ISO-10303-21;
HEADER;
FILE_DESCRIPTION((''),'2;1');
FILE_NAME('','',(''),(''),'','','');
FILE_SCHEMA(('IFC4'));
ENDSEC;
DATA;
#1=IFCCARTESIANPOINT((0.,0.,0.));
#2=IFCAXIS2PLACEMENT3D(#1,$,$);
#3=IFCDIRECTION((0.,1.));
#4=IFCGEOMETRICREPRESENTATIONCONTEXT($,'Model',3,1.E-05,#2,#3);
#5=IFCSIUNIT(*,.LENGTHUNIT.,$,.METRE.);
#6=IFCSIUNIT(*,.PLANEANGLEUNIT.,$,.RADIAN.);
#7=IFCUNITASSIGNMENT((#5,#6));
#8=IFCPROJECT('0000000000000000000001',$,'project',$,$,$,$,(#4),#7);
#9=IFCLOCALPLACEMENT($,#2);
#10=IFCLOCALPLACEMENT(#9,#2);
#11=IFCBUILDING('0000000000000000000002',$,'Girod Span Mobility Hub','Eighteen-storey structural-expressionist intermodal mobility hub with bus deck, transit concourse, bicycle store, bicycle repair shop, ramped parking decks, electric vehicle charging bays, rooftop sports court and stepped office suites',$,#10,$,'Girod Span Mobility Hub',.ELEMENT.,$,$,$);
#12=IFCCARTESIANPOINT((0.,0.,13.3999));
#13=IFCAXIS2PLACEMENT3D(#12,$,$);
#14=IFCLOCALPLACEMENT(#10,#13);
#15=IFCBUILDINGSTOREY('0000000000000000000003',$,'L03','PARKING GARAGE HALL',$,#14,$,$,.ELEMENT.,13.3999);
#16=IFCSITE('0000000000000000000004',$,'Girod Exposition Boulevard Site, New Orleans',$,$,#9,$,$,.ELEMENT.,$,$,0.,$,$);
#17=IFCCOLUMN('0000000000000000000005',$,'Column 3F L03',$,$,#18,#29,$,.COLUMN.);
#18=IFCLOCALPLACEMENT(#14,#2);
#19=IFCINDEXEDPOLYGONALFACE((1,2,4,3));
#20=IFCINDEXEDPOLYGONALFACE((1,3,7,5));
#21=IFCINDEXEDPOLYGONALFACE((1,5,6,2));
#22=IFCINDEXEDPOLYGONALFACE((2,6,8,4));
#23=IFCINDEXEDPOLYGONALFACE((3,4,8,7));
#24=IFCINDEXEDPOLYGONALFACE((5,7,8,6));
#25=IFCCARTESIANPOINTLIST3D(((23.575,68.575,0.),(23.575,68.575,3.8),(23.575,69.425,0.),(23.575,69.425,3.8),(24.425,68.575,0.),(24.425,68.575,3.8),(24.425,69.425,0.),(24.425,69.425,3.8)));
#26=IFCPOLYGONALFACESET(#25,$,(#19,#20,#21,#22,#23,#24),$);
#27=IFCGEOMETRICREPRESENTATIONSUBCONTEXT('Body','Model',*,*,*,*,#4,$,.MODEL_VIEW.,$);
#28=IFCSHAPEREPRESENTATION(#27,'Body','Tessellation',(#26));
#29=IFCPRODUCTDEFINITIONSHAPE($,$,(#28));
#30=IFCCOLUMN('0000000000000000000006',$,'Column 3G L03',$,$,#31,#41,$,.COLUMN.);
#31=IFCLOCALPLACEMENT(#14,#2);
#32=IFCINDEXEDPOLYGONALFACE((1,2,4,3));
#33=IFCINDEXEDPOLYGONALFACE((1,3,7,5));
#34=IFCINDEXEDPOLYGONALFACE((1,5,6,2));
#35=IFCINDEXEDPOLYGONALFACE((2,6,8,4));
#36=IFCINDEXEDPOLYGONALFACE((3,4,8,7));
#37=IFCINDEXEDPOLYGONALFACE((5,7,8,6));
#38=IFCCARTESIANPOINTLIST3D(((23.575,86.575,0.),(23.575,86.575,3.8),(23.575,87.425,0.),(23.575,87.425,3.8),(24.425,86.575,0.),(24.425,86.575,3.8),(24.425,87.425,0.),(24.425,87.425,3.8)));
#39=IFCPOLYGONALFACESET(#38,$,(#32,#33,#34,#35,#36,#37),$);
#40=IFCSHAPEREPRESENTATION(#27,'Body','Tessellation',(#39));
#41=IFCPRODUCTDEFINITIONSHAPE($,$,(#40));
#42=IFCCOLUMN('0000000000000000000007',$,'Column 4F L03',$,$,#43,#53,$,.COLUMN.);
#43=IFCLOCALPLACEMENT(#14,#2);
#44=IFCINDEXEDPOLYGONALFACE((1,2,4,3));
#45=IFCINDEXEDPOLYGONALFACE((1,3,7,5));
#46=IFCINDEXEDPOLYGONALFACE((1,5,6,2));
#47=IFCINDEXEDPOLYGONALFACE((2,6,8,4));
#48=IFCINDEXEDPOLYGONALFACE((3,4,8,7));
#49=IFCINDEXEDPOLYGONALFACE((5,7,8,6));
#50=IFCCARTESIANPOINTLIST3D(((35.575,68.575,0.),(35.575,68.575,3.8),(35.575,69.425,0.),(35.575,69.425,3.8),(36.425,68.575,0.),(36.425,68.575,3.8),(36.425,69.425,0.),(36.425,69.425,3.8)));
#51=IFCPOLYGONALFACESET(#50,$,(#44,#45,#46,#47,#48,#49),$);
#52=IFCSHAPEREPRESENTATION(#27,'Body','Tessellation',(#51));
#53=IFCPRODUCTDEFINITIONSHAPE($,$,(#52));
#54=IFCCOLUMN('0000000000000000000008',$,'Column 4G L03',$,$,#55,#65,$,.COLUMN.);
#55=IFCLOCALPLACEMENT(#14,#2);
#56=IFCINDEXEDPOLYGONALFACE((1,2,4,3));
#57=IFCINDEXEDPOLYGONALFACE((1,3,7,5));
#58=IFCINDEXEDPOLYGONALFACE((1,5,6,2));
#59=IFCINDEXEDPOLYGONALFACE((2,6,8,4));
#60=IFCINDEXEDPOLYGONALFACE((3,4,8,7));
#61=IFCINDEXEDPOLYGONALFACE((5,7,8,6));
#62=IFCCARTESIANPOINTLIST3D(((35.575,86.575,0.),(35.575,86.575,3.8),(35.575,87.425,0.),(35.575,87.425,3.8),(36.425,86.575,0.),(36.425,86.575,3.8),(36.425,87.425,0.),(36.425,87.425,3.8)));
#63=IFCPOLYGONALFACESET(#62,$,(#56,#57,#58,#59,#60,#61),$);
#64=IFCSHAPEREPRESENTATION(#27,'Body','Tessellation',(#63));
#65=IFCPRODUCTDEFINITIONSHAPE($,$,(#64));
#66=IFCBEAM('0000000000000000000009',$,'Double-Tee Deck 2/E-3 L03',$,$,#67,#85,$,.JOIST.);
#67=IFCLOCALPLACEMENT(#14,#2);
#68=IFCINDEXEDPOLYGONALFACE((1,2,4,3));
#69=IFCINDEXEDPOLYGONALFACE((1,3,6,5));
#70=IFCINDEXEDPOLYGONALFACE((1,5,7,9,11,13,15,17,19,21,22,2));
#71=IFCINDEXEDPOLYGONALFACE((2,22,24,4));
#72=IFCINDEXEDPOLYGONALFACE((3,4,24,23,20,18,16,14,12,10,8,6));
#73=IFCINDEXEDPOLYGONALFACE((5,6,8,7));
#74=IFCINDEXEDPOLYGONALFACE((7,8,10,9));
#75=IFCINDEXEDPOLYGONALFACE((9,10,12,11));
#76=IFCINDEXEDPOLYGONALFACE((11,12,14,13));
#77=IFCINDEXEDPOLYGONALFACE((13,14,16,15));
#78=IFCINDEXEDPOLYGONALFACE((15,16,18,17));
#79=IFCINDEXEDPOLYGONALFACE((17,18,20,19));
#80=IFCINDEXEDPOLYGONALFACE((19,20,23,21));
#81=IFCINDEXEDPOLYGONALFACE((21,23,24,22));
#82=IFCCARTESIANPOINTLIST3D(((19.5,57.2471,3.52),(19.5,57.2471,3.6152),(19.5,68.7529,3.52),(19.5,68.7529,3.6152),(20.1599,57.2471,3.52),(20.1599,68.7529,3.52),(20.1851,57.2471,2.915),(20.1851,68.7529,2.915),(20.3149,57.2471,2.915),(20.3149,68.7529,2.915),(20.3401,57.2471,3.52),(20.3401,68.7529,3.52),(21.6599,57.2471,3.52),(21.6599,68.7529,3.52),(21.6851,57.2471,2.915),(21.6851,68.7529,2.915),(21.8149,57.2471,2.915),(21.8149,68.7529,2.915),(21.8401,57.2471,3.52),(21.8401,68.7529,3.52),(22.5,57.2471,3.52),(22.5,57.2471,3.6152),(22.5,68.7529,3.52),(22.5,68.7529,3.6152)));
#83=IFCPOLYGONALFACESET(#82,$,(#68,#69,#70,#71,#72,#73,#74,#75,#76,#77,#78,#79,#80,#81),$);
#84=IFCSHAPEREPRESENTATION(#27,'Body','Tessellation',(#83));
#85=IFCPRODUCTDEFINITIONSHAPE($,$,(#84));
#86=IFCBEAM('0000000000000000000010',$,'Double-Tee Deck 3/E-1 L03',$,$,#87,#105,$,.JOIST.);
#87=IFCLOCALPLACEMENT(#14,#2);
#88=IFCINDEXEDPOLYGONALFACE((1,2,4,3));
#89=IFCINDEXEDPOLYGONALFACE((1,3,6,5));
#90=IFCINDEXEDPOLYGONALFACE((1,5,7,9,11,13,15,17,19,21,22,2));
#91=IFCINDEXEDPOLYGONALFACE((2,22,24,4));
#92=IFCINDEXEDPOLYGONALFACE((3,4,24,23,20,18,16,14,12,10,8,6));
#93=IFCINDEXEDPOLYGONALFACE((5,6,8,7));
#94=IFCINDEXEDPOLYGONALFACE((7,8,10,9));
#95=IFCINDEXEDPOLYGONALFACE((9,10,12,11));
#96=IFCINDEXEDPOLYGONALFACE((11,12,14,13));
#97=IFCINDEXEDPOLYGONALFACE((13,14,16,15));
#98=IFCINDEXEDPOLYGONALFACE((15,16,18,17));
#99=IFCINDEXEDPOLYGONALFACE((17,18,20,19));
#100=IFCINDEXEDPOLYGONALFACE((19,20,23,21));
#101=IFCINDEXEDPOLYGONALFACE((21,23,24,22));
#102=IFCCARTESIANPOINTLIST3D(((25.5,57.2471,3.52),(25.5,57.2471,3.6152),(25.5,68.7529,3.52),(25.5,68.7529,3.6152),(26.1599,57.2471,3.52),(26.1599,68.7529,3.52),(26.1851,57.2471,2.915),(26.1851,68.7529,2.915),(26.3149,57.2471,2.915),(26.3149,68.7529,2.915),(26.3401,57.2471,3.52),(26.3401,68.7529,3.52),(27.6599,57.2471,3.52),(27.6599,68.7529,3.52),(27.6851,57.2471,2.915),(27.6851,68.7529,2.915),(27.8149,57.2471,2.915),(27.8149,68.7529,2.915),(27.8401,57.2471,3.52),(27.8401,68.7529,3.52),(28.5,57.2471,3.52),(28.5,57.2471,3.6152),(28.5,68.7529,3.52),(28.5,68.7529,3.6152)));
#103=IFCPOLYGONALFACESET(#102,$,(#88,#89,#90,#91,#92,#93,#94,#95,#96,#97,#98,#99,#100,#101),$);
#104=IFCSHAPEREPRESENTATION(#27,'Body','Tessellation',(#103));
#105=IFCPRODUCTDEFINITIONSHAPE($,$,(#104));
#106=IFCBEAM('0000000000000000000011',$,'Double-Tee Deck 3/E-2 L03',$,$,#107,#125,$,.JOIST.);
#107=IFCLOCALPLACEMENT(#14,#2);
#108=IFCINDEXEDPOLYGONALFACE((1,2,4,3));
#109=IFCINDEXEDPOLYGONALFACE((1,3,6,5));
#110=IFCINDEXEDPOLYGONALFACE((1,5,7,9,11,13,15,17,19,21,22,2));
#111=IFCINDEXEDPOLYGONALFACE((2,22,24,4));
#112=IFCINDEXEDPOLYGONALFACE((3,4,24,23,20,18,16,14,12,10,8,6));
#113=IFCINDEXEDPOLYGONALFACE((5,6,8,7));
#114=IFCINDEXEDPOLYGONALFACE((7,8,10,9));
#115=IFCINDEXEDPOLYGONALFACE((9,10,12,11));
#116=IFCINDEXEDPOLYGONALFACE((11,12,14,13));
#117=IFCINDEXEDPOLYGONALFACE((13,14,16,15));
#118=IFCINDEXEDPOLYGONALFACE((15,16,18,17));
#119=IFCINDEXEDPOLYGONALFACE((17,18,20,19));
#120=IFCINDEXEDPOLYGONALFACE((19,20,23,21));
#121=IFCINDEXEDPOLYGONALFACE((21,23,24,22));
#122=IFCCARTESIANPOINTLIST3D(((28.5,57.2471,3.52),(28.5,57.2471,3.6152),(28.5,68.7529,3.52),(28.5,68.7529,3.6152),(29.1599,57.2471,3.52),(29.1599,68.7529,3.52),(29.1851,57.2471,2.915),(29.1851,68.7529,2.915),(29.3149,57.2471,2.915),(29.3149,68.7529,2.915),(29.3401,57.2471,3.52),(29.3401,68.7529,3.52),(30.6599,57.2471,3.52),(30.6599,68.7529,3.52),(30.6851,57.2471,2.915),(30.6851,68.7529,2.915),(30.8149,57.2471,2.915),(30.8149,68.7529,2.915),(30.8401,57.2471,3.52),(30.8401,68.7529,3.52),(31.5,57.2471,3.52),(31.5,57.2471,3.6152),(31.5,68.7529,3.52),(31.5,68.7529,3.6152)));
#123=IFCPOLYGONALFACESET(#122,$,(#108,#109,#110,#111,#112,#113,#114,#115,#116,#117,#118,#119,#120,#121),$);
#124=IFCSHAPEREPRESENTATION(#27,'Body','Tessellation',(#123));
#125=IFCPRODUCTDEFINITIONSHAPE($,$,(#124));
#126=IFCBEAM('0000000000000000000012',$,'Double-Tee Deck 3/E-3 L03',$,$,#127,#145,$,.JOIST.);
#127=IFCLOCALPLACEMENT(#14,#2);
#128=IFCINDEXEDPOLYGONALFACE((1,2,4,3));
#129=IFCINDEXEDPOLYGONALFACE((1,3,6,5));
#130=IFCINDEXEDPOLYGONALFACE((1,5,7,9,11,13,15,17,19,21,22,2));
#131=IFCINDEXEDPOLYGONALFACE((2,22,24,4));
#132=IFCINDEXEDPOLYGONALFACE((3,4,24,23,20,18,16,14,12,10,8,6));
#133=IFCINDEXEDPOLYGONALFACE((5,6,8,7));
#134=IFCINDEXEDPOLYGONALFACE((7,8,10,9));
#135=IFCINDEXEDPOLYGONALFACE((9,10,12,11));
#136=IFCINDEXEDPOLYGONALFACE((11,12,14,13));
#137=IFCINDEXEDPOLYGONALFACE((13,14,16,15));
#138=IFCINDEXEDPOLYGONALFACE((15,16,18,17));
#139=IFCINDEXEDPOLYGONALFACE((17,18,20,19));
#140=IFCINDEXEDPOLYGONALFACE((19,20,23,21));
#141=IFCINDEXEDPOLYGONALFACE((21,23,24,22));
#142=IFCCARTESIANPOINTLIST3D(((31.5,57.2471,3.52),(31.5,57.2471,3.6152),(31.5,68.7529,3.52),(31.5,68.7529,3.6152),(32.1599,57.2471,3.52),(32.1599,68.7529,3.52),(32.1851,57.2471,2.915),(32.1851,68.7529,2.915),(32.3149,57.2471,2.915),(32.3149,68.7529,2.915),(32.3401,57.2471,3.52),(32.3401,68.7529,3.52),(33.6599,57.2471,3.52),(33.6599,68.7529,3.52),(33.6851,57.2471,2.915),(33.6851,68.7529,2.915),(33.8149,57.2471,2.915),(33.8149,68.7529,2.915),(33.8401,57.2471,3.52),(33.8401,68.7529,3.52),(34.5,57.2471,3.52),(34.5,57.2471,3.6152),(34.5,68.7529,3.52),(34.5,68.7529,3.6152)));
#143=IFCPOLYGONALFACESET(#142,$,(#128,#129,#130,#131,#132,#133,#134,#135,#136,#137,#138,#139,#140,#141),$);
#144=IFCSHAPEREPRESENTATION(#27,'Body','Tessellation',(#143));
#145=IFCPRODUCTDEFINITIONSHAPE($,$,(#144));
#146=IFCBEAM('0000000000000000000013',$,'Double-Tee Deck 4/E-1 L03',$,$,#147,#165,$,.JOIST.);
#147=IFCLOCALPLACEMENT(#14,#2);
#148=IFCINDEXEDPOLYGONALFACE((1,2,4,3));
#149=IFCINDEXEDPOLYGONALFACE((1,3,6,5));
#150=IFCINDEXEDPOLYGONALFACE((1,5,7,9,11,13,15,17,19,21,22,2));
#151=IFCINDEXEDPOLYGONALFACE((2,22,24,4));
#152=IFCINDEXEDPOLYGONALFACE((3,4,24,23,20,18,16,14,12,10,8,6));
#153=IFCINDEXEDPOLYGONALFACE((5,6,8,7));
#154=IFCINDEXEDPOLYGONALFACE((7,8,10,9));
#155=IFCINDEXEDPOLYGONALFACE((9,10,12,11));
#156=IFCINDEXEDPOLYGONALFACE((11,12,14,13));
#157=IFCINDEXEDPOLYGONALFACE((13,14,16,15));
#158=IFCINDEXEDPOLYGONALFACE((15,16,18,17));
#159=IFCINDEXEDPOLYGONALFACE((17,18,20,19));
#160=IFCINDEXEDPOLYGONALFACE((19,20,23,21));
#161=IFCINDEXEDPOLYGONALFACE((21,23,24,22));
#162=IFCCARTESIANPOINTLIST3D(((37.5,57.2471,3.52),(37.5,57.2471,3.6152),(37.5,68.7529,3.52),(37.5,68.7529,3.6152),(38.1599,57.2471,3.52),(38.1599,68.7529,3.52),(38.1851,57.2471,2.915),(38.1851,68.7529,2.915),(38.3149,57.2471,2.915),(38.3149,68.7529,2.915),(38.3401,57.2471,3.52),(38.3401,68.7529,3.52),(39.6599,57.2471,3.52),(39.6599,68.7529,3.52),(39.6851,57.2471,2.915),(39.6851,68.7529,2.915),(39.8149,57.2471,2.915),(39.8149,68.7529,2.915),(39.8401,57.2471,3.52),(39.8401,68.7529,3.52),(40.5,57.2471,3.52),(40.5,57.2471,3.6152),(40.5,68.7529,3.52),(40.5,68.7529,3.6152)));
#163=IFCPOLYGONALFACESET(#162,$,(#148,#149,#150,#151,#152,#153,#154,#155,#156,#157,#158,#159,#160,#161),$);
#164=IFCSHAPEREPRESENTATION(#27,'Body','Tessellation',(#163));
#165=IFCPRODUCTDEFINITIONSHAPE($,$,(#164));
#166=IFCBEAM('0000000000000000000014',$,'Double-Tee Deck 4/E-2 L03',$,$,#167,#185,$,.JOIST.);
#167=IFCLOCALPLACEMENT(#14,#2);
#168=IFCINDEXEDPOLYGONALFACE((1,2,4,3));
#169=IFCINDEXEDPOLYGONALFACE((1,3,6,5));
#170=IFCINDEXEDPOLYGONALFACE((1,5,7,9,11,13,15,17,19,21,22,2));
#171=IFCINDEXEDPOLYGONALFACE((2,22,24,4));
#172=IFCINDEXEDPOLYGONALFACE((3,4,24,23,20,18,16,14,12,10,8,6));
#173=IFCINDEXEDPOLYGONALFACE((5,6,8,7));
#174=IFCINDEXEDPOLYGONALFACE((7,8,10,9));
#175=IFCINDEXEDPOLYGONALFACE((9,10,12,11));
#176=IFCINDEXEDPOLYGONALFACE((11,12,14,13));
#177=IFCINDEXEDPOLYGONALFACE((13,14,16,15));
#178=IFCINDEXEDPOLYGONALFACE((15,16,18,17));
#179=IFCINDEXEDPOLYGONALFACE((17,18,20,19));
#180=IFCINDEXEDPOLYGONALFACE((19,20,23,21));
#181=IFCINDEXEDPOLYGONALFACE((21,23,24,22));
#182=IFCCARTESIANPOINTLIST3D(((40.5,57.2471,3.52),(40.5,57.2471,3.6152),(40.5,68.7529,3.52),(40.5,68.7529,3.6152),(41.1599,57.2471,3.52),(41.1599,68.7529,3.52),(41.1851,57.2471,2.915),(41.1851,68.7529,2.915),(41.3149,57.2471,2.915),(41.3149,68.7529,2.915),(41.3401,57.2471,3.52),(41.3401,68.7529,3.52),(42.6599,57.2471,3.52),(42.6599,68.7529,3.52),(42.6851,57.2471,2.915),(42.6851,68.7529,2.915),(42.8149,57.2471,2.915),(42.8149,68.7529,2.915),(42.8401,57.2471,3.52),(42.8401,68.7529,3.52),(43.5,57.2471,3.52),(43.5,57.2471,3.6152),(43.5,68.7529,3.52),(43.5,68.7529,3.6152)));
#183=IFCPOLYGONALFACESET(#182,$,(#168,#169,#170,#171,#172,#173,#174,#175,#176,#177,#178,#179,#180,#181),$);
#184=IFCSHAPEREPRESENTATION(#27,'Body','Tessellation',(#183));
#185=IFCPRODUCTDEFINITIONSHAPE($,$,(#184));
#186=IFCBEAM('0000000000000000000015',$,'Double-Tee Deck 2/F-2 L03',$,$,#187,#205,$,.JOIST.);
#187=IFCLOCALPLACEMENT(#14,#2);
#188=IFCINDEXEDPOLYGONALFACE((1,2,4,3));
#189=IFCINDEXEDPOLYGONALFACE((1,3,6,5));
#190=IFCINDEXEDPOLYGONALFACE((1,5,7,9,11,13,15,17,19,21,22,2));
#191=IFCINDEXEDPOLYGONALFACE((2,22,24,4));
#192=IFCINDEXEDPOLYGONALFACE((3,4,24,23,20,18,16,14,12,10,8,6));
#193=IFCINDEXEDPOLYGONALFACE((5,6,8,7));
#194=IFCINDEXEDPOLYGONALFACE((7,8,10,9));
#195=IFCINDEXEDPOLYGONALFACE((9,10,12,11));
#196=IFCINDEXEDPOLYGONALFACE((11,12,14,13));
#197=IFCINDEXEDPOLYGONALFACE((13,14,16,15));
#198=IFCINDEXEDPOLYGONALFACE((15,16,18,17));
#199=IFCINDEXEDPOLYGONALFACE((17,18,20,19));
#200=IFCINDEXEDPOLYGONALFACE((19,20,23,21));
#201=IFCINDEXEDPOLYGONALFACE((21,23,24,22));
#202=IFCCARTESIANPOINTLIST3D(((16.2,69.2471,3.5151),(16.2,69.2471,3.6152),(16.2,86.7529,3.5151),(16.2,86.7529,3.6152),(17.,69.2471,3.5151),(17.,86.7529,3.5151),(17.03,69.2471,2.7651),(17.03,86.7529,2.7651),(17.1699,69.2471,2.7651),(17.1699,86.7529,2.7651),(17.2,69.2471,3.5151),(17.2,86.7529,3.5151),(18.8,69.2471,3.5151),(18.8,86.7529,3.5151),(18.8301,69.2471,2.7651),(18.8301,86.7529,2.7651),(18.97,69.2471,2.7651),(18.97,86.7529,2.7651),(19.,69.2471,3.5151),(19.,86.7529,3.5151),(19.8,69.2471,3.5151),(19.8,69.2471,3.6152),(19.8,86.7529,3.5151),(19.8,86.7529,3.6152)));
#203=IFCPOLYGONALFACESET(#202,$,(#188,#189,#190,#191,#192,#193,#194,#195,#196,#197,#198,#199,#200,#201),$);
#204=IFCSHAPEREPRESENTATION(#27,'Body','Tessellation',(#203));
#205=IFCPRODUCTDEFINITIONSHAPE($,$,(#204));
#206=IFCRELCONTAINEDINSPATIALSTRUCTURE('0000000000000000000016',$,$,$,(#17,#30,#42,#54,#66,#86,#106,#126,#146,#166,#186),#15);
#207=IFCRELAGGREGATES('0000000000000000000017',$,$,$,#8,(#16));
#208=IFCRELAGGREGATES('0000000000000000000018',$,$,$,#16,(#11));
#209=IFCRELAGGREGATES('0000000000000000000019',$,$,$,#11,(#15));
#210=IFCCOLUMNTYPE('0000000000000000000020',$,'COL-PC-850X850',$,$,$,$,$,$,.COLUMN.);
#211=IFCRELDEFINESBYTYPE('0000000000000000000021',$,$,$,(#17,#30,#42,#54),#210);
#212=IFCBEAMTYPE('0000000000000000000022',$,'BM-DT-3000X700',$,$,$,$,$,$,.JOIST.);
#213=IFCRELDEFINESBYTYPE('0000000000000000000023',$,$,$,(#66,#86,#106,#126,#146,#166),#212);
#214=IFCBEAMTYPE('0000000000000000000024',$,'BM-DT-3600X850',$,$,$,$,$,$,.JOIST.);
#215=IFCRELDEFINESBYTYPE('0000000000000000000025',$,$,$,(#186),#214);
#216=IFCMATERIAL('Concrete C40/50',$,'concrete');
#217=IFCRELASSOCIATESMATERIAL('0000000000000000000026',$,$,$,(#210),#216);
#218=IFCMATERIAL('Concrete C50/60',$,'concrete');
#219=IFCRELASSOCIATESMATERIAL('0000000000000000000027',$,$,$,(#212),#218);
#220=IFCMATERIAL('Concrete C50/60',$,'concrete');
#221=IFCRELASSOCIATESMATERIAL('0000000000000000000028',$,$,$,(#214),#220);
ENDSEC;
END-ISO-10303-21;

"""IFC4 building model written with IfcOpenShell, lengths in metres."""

from ifc_helpers import new_model, si_unit, direction, frame, origin, origin_2d, place, context, subcontext, project, spatial, polyline, rectangle, outline, extrude, material, material_profile, profile_set, type_object, element, save


model = new_model("IFC4")

# Units and contexts
model_context = context("Model", 3, precision=1e-05, world=origin(), true_north=direction((0.0, 1.0)))
body_context = subcontext(model_context, "Body", "Model", "MODEL_VIEW")
ifc_project = project(units=[si_unit("LENGTHUNIT", "METRE"), si_unit("PLANEANGLEUNIT", "RADIAN")], contexts=[model_context])

# Site, building, storey
site_placement = place(None, origin())
site = spatial("IfcSite", under=ifc_project, at=site_placement, Name="Girod Exposition Boulevard Site, New Orleans", CompositionType="ELEMENT", RefElevation=0.0)
building_placement = place(site_placement, origin())
building = spatial("IfcBuilding", under=site, at=building_placement, Name="Girod Span Mobility Hub", Description="Eighteen-storey structural-expressionist intermodal mobility hub with bus deck, transit concourse, bicycle store, bicycle repair shop, ramped parking decks, electric vehicle charging bays, rooftop sports court and stepped office suites", LongName="Girod Span Mobility Hub", CompositionType="ELEMENT")
storey_placement = place(building_placement, frame((0.0, 0.0, 13.3999)))
storey = spatial("IfcBuildingStorey", under=building, at=storey_placement, Name="L03", Description="PARKING GARAGE HALL", CompositionType="ELEMENT", Elevation=13.3999)

# Columns
ifc_material_1 = material(Name="Concrete C40/50", Category="concrete")
ifc_material_profile_1 = material_profile(ifc_material_1, rectangle(XDim=0.8501, YDim=0.8501, at=origin_2d()), Name="PC-COL-850X850")
ifc_profile_set_1 = profile_set([ifc_material_profile_1], Name="Concrete C40/50")
column_type = type_object("IfcColumnType", Name="COL-PC-850X850", PredefinedType="COLUMN", material=ifc_profile_set_1)
for number, where, z_axis, x_axis, name in (
    (1, (24.0, 69.0, 0.0), (0.0, 0.0, 1.0), (1.0, 0.0, 0.0), "Column 3F L03"),
    (2, (24.0, 87.0, 0.0), (0.0, 0.0, 1.0), (1.0, 0.0, 0.0), "Column 3G L03"),
    (3, (36.0, 69.0, 0.0), (0.0, 0.0, 1.0), (1.0, 0.0, 0.0), "Column 4F L03"),
    (4, (36.0, 87.0, 0.0), (0.0, 0.0, 1.0), (1.0, 0.0, 0.0), "Column 4G L03"),
):
    element("IfcColumn", number, at=place(storey_placement, frame(where, z_axis=z_axis, x_axis=x_axis)), inside=storey, type_object=column_type, Name=name, PredefinedType="COLUMN", context=body_context, shape_type="SweptSolid", body=[
        extrude(rectangle(XDim=0.8501, YDim=0.8501, at=origin_2d()), origin(), (0.0, 0.0, 1.0), 3.8),
    ])

# Beams
ifc_material_2 = material(Name="Concrete C50/60", Category="concrete")
ifc_material_profile_2 = material_profile(ifc_material_2, outline(polyline([(-1.5, 0.3501), (-1.5, 0.2549), (-0.8401, 0.2549), (-0.8149, -0.3501), (-0.6851, -0.3501), (-0.6599, 0.2549), (0.6599, 0.2549), (0.6851, -0.3501), (0.8149, -0.3501), (0.8401, 0.2549), (1.5, 0.2549), (1.5, 0.3501), (-1.5, 0.3501)])), Name="DT-3000X700")
ifc_profile_set_2 = profile_set([ifc_material_profile_2], Name="Concrete C50/60")
beam_type_1 = type_object("IfcBeamType", Name="BM-DT-3000X700", PredefinedType="JOIST", material=ifc_profile_set_2)
for number, where, z_axis, x_axis, name in (
    (5, (21.0, 57.2471, 3.2651), (0.0, 1.0, 0.0), (-1.0, 0.0, 0.0), "Double-Tee Deck 2/E-3 L03"),
    (6, (27.0, 57.2471, 3.2651), (0.0, 1.0, 0.0), (-1.0, 0.0, 0.0), "Double-Tee Deck 3/E-1 L03"),
    (7, (30.0, 57.2471, 3.2651), (0.0, 1.0, 0.0), (-1.0, 0.0, 0.0), "Double-Tee Deck 3/E-2 L03"),
    (8, (33.0, 57.2471, 3.2651), (0.0, 1.0, 0.0), (-1.0, 0.0, 0.0), "Double-Tee Deck 3/E-3 L03"),
    (9, (39.0, 57.2471, 3.2651), (0.0, 1.0, 0.0), (-1.0, 0.0, 0.0), "Double-Tee Deck 4/E-1 L03"),
    (10, (42.0, 57.2471, 3.2651), (0.0, 1.0, 0.0), (-1.0, 0.0, 0.0), "Double-Tee Deck 4/E-2 L03"),
):
    element("IfcBeam", number, at=place(storey_placement, frame(where, z_axis=z_axis, x_axis=x_axis)), inside=storey, type_object=beam_type_1, Name=name, PredefinedType="JOIST", context=body_context, shape_type="SweptSolid", body=[
        extrude(outline(polyline([(-1.5, 0.3501), (-1.5, 0.2549), (-0.8401, 0.2549), (-0.8149, -0.3501), (-0.6851, -0.3501), (-0.6599, 0.2549), (0.6599, 0.2549), (0.6851, -0.3501), (0.8149, -0.3501), (0.8401, 0.2549), (1.5, 0.2549), (1.5, 0.3501), (-1.5, 0.3501)])), origin(), (0.0, 0.0, 1.0), 11.5059),
    ])
ifc_material_3 = material(Name="Concrete C50/60", Category="concrete")
ifc_material_profile_3 = material_profile(ifc_material_3, outline(polyline([(-1.8, 0.425), (-1.8, 0.325), (-1.0, 0.325), (-0.97, -0.425), (-0.8301, -0.425), (-0.8, 0.325), (0.8, 0.325), (0.8301, -0.425), (0.97, -0.425), (1.0, 0.325), (1.8, 0.325), (1.8, 0.425), (-1.8, 0.425)])), Name="DT-3600X850")
ifc_profile_set_3 = profile_set([ifc_material_profile_3], Name="Concrete C50/60")
beam_type_2 = type_object("IfcBeamType", Name="BM-DT-3600X850", PredefinedType="JOIST", material=ifc_profile_set_3)
for number, where, z_axis, x_axis, name in (
    (11, (18.0, 69.2471, 3.1902), (0.0, 1.0, 0.0), (-1.0, 0.0, 0.0), "Double-Tee Deck 2/F-2 L03"),
):
    element("IfcBeam", number, at=place(storey_placement, frame(where, z_axis=z_axis, x_axis=x_axis)), inside=storey, type_object=beam_type_2, Name=name, PredefinedType="JOIST", context=body_context, shape_type="SweptSolid", body=[
        extrude(outline(polyline([(-1.8, 0.425), (-1.8, 0.325), (-1.0, 0.325), (-0.97, -0.425), (-0.8301, -0.425), (-0.8, 0.325), (0.8, 0.325), (0.8301, -0.425), (0.97, -0.425), (1.0, 0.325), (1.8, 0.325), (1.8, 0.425), (-1.8, 0.425)])), origin(), (0.0, 0.0, 1.0), 17.5059),
    ])

save(model, "model.ifc")
